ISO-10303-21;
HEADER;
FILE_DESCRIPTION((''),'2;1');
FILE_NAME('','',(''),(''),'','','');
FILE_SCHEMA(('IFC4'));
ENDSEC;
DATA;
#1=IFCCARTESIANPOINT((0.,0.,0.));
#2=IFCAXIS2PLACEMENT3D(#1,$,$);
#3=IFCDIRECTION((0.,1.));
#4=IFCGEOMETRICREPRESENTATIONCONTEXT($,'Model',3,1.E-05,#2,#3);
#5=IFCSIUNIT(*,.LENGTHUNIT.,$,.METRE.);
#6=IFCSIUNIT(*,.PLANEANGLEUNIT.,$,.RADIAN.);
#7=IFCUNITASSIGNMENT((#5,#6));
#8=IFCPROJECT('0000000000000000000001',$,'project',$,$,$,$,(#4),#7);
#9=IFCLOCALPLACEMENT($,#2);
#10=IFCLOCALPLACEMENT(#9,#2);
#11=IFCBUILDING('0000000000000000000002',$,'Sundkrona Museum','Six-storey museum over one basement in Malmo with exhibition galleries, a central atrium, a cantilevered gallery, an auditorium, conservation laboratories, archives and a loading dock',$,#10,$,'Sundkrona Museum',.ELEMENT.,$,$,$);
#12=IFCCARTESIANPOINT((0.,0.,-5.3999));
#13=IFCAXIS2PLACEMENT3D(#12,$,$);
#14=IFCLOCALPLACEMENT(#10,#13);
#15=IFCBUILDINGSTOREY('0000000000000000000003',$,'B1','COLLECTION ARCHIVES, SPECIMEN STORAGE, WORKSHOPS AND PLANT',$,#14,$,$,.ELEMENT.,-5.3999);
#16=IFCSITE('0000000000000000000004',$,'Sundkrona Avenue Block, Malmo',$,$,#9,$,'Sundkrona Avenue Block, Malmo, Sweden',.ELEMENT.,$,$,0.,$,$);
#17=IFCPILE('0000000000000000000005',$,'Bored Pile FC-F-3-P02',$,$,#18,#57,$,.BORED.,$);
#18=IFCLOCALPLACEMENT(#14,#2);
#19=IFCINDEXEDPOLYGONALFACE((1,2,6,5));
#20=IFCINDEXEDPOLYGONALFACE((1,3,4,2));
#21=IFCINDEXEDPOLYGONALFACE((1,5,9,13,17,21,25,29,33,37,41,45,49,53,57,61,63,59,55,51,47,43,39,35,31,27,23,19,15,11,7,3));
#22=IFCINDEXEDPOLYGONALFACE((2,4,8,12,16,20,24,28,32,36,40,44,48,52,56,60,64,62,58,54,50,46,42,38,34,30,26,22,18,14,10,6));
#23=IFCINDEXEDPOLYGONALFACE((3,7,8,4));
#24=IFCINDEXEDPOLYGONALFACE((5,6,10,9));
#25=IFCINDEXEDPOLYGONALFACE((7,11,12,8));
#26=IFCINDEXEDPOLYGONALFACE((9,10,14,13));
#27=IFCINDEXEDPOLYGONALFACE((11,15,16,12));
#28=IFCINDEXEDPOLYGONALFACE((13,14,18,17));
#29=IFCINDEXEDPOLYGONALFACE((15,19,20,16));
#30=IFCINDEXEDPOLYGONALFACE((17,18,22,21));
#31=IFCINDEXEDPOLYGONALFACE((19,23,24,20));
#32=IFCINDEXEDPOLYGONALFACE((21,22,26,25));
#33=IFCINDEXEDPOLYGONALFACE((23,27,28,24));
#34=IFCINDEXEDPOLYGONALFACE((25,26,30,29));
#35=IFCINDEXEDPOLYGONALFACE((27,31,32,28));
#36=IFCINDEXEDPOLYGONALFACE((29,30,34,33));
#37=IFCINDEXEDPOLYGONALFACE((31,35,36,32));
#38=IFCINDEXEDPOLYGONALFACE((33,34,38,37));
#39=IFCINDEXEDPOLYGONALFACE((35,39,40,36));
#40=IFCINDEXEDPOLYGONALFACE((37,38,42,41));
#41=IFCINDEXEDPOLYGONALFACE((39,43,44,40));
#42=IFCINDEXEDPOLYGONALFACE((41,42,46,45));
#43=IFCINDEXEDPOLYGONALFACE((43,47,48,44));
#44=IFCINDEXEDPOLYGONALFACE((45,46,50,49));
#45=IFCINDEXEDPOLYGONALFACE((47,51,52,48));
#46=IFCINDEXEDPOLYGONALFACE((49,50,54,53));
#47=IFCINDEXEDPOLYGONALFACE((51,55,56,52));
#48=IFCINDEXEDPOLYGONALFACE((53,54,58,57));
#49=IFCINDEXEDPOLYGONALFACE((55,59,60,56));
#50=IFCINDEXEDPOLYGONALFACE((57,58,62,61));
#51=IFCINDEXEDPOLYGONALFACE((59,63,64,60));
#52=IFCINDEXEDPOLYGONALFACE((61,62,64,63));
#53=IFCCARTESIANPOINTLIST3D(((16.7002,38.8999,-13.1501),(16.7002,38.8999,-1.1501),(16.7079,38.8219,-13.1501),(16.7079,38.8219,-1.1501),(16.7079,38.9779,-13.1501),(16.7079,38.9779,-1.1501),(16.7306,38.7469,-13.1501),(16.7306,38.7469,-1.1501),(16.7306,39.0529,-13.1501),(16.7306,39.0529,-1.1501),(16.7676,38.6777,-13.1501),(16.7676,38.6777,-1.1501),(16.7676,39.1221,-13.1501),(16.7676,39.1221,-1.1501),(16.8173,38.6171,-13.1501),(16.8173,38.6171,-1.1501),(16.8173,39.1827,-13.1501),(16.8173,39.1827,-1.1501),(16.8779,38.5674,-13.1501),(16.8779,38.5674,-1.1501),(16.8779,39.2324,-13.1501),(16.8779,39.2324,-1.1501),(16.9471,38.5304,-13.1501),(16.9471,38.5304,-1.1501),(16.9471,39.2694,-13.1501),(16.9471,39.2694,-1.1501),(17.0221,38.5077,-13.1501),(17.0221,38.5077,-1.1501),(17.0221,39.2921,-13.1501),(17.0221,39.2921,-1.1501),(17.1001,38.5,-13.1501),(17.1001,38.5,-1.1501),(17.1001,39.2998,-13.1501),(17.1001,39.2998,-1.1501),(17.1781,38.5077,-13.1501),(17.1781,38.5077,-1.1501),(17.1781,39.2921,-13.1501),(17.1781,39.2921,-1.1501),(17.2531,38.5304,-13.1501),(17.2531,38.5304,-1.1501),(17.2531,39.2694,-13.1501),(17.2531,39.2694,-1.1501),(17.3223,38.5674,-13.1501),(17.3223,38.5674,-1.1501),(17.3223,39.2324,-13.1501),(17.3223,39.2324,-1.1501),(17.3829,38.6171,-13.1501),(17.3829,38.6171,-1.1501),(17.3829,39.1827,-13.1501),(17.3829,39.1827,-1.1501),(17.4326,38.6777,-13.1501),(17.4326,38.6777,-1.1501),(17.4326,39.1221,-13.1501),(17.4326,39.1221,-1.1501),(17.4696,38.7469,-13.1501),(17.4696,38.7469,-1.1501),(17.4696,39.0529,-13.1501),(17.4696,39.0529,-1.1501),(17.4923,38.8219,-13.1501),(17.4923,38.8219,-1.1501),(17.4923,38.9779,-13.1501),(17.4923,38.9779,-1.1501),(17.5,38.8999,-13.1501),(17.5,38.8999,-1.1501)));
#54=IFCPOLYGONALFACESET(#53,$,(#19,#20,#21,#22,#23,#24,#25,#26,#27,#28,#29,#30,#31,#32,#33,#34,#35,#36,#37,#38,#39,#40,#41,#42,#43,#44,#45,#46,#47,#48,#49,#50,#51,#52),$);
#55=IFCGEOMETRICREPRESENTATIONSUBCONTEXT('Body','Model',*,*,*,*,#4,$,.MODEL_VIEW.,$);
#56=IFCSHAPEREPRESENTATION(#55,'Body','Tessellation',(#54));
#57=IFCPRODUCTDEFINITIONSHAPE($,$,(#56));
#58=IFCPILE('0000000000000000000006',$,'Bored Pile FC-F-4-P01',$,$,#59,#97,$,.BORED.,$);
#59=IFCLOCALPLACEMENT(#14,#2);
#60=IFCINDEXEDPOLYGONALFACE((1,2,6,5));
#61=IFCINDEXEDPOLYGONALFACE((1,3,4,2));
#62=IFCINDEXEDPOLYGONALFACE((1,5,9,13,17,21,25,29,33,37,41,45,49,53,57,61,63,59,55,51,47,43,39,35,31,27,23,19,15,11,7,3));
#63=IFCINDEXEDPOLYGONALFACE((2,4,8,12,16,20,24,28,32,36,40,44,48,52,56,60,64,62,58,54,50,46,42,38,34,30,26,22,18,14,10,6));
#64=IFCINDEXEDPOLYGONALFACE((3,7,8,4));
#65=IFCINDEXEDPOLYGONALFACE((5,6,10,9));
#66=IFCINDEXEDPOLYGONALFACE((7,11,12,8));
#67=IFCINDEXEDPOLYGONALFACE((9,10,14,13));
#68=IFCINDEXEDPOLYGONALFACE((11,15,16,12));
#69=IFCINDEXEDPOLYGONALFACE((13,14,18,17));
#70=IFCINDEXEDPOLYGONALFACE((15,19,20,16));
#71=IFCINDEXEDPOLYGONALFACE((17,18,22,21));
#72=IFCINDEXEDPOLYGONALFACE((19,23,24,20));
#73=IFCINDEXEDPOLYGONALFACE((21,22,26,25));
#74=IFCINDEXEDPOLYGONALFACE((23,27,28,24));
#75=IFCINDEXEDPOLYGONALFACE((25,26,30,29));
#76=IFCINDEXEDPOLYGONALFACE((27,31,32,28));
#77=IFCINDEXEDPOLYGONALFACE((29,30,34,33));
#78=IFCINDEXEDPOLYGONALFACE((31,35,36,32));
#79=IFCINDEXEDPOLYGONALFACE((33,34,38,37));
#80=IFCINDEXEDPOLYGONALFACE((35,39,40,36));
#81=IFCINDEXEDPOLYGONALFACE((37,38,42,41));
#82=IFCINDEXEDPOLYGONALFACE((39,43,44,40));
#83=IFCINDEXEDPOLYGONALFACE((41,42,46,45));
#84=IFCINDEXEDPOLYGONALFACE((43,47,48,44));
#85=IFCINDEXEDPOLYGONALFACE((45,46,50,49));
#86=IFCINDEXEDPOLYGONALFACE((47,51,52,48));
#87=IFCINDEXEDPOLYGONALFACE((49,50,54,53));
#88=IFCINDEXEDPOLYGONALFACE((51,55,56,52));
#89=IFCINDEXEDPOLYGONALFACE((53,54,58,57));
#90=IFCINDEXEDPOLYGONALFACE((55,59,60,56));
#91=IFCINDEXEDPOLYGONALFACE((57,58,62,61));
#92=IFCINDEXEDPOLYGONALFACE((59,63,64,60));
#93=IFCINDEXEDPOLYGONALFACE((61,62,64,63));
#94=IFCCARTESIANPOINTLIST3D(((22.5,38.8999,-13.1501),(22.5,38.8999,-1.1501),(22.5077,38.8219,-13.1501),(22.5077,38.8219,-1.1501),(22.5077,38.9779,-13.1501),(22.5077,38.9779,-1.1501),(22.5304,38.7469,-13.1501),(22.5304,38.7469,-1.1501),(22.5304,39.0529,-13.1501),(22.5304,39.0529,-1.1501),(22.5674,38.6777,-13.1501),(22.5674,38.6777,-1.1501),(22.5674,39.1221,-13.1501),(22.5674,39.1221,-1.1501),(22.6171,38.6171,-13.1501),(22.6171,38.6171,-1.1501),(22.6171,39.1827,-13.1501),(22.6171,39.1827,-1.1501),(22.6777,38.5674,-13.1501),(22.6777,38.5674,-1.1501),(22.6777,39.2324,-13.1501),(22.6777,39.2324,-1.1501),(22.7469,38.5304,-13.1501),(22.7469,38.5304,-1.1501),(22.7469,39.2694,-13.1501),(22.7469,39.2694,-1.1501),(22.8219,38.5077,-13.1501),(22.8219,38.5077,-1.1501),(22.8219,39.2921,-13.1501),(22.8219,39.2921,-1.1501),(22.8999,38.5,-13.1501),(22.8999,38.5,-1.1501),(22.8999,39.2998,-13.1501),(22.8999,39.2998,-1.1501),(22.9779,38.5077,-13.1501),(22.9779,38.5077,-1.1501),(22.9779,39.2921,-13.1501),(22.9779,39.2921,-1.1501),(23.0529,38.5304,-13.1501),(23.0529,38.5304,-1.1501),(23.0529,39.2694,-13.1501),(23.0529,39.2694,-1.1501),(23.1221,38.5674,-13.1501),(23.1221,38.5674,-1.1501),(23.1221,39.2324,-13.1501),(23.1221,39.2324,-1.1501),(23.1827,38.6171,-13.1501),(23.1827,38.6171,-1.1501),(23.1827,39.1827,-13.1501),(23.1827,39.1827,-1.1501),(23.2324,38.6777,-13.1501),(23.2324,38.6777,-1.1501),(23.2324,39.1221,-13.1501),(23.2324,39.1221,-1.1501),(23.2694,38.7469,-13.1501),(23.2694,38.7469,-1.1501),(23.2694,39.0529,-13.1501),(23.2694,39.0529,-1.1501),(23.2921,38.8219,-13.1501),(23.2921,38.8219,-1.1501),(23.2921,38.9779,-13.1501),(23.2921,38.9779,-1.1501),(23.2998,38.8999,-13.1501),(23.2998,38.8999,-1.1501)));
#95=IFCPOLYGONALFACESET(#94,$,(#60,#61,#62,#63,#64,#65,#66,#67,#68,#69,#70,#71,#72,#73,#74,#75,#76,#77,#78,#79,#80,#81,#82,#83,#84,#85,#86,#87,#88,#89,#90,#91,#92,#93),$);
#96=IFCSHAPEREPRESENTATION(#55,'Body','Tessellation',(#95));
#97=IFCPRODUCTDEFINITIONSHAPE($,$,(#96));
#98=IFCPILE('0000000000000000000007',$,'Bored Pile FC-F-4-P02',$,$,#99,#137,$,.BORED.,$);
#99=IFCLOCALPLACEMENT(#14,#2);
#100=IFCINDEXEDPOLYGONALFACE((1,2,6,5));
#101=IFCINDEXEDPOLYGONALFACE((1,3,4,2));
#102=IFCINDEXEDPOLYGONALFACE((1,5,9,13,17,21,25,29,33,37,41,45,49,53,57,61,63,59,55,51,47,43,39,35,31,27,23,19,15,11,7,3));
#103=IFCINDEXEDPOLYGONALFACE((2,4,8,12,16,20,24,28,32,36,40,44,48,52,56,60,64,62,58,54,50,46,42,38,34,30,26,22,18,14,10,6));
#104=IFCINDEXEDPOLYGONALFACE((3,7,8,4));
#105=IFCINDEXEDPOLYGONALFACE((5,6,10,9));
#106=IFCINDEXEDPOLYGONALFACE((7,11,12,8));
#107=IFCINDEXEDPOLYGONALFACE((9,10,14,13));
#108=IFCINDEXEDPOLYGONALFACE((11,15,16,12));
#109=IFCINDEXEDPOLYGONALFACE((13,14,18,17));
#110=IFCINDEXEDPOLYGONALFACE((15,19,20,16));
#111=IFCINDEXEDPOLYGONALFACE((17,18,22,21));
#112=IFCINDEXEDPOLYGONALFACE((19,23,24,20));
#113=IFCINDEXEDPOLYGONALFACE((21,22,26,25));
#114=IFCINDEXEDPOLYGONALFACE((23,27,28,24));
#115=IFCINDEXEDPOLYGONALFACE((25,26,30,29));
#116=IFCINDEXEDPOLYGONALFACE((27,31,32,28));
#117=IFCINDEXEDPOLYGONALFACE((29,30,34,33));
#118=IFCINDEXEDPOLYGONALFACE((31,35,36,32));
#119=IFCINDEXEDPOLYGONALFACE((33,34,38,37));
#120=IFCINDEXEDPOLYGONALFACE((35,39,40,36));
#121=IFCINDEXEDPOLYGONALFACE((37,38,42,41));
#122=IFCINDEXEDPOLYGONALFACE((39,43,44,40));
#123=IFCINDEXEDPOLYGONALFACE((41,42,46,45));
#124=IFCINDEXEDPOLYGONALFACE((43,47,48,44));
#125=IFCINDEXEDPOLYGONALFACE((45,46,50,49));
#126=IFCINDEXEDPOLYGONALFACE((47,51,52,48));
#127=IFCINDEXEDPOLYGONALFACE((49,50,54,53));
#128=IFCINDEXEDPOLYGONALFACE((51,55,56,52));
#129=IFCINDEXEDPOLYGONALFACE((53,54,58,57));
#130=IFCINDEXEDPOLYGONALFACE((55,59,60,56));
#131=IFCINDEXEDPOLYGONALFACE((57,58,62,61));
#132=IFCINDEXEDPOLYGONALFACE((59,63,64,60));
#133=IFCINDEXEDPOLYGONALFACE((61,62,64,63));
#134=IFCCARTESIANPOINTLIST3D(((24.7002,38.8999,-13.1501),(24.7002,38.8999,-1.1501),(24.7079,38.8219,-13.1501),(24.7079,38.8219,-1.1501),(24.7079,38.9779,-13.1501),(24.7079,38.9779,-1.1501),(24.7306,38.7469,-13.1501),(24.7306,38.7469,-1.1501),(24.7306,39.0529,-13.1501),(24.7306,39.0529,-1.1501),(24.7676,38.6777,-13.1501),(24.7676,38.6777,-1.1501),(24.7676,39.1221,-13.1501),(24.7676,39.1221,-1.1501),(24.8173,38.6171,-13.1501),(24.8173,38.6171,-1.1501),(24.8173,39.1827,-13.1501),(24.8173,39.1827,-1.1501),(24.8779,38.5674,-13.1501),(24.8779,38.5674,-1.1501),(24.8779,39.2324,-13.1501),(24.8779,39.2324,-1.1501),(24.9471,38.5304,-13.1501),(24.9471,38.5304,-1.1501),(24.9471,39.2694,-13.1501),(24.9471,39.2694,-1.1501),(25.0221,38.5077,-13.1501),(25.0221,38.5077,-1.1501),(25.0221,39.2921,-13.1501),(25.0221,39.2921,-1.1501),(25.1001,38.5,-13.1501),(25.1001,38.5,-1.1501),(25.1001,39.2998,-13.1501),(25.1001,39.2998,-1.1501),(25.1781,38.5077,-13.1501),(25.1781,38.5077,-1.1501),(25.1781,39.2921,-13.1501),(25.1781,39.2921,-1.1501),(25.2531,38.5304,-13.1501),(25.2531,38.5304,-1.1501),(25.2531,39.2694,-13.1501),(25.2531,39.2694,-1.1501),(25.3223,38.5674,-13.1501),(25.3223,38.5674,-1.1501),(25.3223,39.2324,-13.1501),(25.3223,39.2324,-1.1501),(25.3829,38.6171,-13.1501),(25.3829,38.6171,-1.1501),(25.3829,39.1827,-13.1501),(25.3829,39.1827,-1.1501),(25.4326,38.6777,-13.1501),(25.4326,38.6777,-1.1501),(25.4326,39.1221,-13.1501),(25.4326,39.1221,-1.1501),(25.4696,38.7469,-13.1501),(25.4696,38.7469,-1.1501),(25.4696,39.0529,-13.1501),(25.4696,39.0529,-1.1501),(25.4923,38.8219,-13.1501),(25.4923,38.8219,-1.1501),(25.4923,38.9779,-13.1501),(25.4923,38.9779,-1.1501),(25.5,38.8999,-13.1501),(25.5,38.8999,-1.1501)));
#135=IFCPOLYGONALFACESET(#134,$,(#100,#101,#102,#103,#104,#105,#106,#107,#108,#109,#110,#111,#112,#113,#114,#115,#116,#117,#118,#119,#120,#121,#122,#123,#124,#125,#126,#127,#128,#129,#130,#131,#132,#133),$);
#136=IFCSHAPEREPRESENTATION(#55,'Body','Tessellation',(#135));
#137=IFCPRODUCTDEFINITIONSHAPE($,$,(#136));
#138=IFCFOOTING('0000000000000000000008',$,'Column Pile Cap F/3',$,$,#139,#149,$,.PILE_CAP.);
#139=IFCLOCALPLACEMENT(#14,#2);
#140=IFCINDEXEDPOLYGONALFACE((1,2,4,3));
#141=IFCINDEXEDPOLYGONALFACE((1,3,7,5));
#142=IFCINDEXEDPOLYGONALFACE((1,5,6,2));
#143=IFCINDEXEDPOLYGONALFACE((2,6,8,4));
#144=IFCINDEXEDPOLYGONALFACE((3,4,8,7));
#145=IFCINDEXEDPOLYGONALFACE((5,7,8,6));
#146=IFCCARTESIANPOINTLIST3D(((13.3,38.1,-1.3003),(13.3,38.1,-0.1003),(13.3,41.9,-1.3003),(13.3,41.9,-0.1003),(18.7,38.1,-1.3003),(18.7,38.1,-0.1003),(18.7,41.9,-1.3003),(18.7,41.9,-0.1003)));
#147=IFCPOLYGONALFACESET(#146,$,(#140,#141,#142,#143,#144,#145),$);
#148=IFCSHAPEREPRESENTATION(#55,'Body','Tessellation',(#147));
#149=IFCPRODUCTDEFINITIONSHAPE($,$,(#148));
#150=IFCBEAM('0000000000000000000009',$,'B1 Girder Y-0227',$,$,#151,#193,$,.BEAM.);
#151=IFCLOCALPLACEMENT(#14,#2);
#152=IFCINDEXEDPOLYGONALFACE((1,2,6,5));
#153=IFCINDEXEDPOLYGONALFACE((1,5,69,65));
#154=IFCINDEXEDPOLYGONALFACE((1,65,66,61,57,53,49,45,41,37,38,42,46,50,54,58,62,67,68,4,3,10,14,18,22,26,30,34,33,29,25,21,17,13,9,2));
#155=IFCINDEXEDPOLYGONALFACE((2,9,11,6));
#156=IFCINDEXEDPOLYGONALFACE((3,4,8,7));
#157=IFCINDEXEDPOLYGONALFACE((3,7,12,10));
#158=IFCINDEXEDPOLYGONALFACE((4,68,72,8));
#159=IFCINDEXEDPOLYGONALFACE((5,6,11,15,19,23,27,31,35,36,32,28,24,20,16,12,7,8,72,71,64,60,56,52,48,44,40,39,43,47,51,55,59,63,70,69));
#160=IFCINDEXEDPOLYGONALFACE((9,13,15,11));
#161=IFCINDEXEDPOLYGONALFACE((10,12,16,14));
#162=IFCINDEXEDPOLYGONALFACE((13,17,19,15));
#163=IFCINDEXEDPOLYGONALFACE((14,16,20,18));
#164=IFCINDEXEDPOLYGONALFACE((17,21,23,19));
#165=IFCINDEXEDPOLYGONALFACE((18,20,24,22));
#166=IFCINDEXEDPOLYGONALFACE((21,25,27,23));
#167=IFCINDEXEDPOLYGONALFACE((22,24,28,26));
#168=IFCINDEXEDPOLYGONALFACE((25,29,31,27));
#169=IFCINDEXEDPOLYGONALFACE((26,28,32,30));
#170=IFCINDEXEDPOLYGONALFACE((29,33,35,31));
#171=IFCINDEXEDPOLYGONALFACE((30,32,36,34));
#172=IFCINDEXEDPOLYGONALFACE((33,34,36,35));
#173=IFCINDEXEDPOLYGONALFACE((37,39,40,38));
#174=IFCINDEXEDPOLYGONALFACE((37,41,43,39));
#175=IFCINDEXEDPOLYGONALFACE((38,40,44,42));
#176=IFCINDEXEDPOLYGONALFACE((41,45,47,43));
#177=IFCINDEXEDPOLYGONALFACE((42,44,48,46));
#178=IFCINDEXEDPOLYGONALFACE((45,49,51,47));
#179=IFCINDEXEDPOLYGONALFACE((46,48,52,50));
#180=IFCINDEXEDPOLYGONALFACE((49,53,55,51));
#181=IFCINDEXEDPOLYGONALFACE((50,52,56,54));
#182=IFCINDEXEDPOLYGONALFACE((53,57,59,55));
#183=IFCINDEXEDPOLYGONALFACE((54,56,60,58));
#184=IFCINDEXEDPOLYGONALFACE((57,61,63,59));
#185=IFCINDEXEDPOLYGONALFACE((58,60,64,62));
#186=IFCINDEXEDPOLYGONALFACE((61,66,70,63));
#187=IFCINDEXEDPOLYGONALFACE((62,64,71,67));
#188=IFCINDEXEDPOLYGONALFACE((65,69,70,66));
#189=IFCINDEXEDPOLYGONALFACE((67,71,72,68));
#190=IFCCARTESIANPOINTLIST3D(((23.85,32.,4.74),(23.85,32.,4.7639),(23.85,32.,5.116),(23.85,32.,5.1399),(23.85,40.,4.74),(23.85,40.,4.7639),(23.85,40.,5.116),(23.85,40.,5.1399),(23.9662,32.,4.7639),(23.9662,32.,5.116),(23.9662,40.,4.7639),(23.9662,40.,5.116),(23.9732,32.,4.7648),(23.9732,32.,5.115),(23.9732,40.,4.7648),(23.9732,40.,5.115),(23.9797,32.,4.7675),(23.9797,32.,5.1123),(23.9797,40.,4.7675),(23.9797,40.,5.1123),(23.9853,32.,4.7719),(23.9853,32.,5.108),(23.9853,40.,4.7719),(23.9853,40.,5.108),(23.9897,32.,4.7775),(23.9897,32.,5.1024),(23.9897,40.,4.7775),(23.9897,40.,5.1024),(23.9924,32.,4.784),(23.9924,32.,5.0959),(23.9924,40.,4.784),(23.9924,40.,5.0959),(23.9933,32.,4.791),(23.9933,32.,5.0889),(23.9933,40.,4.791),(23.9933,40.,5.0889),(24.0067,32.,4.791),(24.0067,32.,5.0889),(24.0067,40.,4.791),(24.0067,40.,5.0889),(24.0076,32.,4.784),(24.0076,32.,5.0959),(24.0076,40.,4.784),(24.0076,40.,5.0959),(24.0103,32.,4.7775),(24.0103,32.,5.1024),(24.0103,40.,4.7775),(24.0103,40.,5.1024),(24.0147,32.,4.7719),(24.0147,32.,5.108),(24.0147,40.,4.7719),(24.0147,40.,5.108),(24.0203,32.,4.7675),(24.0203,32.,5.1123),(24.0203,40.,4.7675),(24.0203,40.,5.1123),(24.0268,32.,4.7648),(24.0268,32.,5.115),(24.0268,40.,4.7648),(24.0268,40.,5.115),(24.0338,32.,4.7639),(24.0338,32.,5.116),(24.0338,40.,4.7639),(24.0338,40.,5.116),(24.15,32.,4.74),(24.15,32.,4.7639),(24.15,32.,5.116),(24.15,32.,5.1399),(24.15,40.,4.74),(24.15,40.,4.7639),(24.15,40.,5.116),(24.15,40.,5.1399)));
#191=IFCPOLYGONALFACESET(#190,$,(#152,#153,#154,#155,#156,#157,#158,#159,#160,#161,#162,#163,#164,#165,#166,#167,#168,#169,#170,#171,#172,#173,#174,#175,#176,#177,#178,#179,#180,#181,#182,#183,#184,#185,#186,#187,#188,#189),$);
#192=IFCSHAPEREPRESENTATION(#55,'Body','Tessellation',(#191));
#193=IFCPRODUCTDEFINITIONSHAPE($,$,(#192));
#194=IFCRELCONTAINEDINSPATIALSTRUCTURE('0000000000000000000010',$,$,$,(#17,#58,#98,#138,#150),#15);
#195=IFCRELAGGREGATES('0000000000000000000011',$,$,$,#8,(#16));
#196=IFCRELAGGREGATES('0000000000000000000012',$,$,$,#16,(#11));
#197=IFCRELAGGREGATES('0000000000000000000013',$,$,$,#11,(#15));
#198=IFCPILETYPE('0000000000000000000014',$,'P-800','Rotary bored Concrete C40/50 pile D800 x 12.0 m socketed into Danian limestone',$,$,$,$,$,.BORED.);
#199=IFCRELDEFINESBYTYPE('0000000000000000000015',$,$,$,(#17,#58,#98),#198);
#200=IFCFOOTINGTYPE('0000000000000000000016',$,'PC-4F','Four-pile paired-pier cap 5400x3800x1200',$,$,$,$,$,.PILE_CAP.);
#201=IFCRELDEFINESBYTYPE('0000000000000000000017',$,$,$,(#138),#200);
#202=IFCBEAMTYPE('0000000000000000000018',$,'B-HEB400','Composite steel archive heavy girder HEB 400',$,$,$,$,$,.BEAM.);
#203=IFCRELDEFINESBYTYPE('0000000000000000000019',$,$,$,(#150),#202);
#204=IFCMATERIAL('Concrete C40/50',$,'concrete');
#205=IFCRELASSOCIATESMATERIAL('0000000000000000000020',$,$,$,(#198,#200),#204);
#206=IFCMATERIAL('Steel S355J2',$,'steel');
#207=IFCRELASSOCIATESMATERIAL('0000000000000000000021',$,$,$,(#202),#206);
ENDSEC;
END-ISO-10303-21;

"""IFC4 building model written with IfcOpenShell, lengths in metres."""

from ifc_helpers import new_model, si_unit, direction, frame, origin, origin_2d, place, context, subcontext, project, spatial, rectangle, circle, i_section, extrude, material, material_profile, profile_set, type_object, element, save


model = new_model("IFC4")

# Units and contexts
model_context = context("Model", 3, precision=1e-05, world=origin(), true_north=direction((0.0, 1.0)))
body_context = subcontext(model_context, "Body", "Model", "MODEL_VIEW")
ifc_project = project(units=[si_unit("LENGTHUNIT", "METRE"), si_unit("PLANEANGLEUNIT", "RADIAN")], contexts=[model_context])

# Site, building, storey
site_placement = place(None, origin())
site = spatial("IfcSite", under=ifc_project, at=site_placement, Name="Sundkrona Avenue Block, Malmo", LongName="Sundkrona Avenue Block, Malmo, Sweden", CompositionType="ELEMENT", RefElevation=0.0)
building_placement = place(site_placement, origin())
building = spatial("IfcBuilding", under=site, at=building_placement, Name="Sundkrona Museum", Description="Six-storey museum over one basement in Malmo with exhibition galleries, a central atrium, a cantilevered gallery, an auditorium, conservation laboratories, archives and a loading dock", LongName="Sundkrona Museum", CompositionType="ELEMENT")
storey_placement = place(building_placement, frame((0.0, 0.0, -5.3999)))
storey = spatial("IfcBuildingStorey", under=building, at=storey_placement, Name="B1", Description="COLLECTION ARCHIVES, SPECIMEN STORAGE, WORKSHOPS AND PLANT", CompositionType="ELEMENT", Elevation=-5.3999)

# Shared definitions
ifc_material_1 = material(Name="Concrete C40/50", Category="concrete")

# Piles
ifc_material_profile_1 = material_profile(ifc_material_1, circle(Radius=0.3999, at=origin_2d()), Name="PILE D800")
ifc_profile_set_1 = profile_set([ifc_material_profile_1], Name="Concrete C40/50")
pile_type_1 = type_object("IfcPileType", Name="P-800", Description="Rotary bored Concrete C40/50 pile D800 x 12.0 m socketed into Danian limestone", PredefinedType="BORED", material=ifc_profile_set_1)
for number, where, z_axis, x_axis, name in (
    (1, (17.1001, 38.8999, -1.1501), (0.0, 0.0, -1.0), (1.0, 0.0, 0.0), "Bored Pile FC-F-3-P02"),
    (2, (22.8999, 38.8999, -1.1501), (0.0, 0.0, -1.0), (1.0, 0.0, 0.0), "Bored Pile FC-F-4-P01"),
    (3, (25.1001, 38.8999, -1.1501), (0.0, 0.0, -1.0), (1.0, 0.0, 0.0), "Bored Pile FC-F-4-P02"),
):
    element("IfcPile", number, at=place(storey_placement, frame(where, z_axis=z_axis, x_axis=x_axis)), inside=storey, type_object=pile_type_1, Name=name, PredefinedType="BORED", context=body_context, shape_type="SweptSolid", body=[
        extrude(circle(Radius=0.3999, at=origin_2d()), origin(), (0.0, 0.0, 1.0), 12.0),
    ])

# Footing
footing_type_1 = type_object("IfcFootingType", Name="PC-4F", Description="Four-pile paired-pier cap 5400x3800x1200", PredefinedType="PILE_CAP", material=ifc_material_1)
footing_1_placement = place(storey_placement, frame((16.0, 40.0, -1.3003), z_axis=(0.0, 0.0, 1.0), x_axis=(1.0, 0.0, 0.0)))
element("IfcFooting", 4, at=footing_1_placement, inside=storey, type_object=footing_type_1, Name="Column Pile Cap F/3", PredefinedType="PILE_CAP", context=body_context, shape_type="SweptSolid", body=[
    extrude(rectangle(XDim=5.3999, YDim=3.8, at=origin_2d()), origin(), (0.0, 0.0, 1.0), 1.2),
])

# Beam
ifc_material_2 = material(Name="Steel S355J2", Category="steel")
ifc_material_profile_2 = material_profile(ifc_material_2, i_section(OverallWidth=0.3, OverallDepth=0.3999, WebThickness=0.0134, FlangeThickness=0.0239, FilletRadius=0.0271, at=origin_2d()), Name="HEB 400")
ifc_profile_set_2 = profile_set([ifc_material_profile_2], Name="Steel S355J2")
beam_type_1 = type_object("IfcBeamType", Name="B-HEB400", Description="Composite steel archive heavy girder HEB 400", PredefinedType="BEAM", material=ifc_profile_set_2)
beam_placement = place(storey_placement, frame((24.0, 32.0, 4.9399), z_axis=(0.0, 1.0, 0.0), x_axis=(-1.0, 0.0, 0.0)))
element("IfcBeam", 5, at=beam_placement, inside=storey, type_object=beam_type_1, Name="B1 Girder Y-0227", PredefinedType="BEAM", context=body_context, shape_type="SweptSolid", body=[
    extrude(i_section(OverallWidth=0.3, OverallDepth=0.3999, WebThickness=0.0134, FlangeThickness=0.0239, FilletRadius=0.0271, at=origin_2d()), origin(), (0.0, 0.0, 1.0), 8.0),
])

save(model, "model.ifc")
